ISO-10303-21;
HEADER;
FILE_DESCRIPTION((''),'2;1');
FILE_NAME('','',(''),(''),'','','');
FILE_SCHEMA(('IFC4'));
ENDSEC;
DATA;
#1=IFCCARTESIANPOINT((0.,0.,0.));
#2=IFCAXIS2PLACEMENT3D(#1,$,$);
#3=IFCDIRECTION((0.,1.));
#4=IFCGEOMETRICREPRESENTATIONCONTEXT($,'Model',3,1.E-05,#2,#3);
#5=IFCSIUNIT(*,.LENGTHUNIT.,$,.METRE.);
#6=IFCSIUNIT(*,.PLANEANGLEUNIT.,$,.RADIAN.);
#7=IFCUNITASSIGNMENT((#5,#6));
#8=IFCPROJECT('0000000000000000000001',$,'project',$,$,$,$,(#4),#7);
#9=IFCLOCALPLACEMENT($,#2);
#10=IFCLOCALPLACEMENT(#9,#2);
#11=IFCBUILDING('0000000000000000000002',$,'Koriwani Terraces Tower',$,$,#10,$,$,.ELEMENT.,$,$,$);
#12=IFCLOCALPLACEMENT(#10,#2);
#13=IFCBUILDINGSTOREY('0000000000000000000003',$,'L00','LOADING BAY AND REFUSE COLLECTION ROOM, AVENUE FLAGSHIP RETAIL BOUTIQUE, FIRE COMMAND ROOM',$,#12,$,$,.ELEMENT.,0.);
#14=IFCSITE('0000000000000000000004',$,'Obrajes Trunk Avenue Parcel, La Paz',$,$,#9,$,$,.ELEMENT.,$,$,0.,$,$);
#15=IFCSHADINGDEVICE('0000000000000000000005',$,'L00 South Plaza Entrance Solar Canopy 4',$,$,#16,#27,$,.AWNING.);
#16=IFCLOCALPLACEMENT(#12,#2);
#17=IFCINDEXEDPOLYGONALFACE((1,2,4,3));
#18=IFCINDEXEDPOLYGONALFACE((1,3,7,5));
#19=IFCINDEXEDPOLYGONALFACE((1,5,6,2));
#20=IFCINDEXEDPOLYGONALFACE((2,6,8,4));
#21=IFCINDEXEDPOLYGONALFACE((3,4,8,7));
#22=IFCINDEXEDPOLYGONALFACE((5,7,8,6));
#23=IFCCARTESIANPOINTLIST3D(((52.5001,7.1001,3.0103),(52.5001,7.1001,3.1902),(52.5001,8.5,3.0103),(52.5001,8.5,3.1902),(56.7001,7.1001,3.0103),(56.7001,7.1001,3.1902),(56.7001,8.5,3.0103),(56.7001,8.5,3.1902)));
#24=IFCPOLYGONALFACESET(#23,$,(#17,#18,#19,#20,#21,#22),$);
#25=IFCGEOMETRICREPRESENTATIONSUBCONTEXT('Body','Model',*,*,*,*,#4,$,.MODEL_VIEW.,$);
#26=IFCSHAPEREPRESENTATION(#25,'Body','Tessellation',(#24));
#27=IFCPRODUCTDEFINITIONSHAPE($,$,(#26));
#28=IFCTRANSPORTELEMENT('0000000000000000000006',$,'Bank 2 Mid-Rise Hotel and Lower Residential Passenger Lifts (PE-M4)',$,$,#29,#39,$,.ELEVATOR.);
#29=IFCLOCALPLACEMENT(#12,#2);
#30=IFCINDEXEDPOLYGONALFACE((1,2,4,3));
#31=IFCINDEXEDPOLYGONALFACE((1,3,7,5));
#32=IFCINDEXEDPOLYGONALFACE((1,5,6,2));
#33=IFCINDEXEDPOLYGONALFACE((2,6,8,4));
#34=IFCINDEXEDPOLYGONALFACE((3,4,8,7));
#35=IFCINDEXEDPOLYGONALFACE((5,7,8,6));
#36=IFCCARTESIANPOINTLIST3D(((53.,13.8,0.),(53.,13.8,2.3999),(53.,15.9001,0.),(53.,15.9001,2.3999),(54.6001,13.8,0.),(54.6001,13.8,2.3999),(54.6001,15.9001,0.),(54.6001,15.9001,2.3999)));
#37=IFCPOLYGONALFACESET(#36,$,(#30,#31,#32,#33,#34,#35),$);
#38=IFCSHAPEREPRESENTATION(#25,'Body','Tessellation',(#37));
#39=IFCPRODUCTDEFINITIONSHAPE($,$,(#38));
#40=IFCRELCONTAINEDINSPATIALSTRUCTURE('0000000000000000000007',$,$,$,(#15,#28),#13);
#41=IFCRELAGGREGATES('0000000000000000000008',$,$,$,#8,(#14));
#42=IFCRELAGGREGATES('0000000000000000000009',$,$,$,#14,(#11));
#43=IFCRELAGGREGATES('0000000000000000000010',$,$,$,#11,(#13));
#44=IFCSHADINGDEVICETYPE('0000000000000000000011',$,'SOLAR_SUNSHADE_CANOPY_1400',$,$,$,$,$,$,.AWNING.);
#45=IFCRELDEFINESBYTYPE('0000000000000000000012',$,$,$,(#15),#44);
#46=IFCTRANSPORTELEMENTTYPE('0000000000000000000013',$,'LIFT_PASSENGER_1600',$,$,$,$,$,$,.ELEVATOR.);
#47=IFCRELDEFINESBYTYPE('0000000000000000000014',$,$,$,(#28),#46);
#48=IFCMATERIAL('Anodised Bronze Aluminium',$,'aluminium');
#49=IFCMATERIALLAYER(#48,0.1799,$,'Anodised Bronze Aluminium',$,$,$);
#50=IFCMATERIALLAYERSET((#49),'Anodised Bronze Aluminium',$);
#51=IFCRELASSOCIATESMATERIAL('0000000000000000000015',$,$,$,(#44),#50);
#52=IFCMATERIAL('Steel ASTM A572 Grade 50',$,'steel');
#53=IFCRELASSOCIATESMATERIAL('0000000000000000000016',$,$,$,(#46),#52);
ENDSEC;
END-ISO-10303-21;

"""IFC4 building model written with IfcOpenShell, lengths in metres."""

from ifc_helpers import new_model, si_unit, direction, frame, origin, origin_2d, place, context, subcontext, project, spatial, rectangle, extrude, material, layer, layer_set, type_object, element, save


model = new_model("IFC4")

# Units and contexts
model_context = context("Model", 3, precision=1e-05, world=origin(), true_north=direction((0.0, 1.0)))
body_context = subcontext(model_context, "Body", "Model", "MODEL_VIEW")
ifc_project = project(units=[si_unit("LENGTHUNIT", "METRE"), si_unit("PLANEANGLEUNIT", "RADIAN")], contexts=[model_context])

# Site, building, storey
site_placement = place(None, origin())
site = spatial("IfcSite", under=ifc_project, at=site_placement, Name="Obrajes Trunk Avenue Parcel, La Paz", CompositionType="ELEMENT", RefElevation=0.0)
building_placement = place(site_placement, origin())
building = spatial("IfcBuilding", under=site, at=building_placement, Name="Koriwani Terraces Tower", CompositionType="ELEMENT")
storey_placement = place(building_placement, origin())
storey = spatial("IfcBuildingStorey", under=building, at=storey_placement, Name="L00", Description="LOADING BAY AND REFUSE COLLECTION ROOM, AVENUE FLAGSHIP RETAIL BOUTIQUE, FIRE COMMAND ROOM", CompositionType="ELEMENT", Elevation=0.0)

# Shared definitions
ifc_material_1 = material(Name="Steel ASTM A572 Grade 50", Category="steel")

# Shared definitions
ifc_material_2 = material(Name="Anodised Bronze Aluminium", Category="aluminium")

# Shading device
ifc_layer_1 = layer(ifc_material_2, 0.1799, Name="Anodised Bronze Aluminium")
ifc_layer_set_1 = layer_set([ifc_layer_1], Name="Anodised Bronze Aluminium")
shading_device_type = type_object("IfcShadingDeviceType", Name="SOLAR_SUNSHADE_CANOPY_1400", PredefinedType="AWNING", material=ifc_layer_set_1)
shading_device_placement = place(storey_placement, frame((54.6001, 7.8, 3.0103), z_axis=(0.0, 0.0, 1.0), x_axis=(1.0, 0.0, 0.0)))
element("IfcShadingDevice", 1, at=shading_device_placement, inside=storey, type_object=shading_device_type, Name="L00 South Plaza Entrance Solar Canopy 4", PredefinedType="AWNING", context=body_context, shape_type="SweptSolid", body=[
    extrude(rectangle(XDim=4.2, YDim=1.3999, at=origin_2d()), origin(), (0.0, 0.0, 1.0), 0.1799),
])

# Transport element
transport_element_type = type_object("IfcTransportElementType", Name="LIFT_PASSENGER_1600", PredefinedType="ELEVATOR", material=ifc_material_1)
transport_element_placement = place(storey_placement, frame((53.8, 14.8501, 0.0), z_axis=(0.0, 0.0, 1.0), x_axis=(1.0, 0.0, 0.0)))
element("IfcTransportElement", 2, at=transport_element_placement, inside=storey, type_object=transport_element_type, Name="Bank 2 Mid-Rise Hotel and Lower Residential Passenger Lifts (PE-M4)", PredefinedType="ELEVATOR", context=body_context, shape_type="SweptSolid", body=[
    extrude(rectangle(XDim=1.6001, YDim=2.1001, at=origin_2d()), origin(), (0.0, 0.0, 1.0), 2.3999),
])

save(model, "model.ifc")
